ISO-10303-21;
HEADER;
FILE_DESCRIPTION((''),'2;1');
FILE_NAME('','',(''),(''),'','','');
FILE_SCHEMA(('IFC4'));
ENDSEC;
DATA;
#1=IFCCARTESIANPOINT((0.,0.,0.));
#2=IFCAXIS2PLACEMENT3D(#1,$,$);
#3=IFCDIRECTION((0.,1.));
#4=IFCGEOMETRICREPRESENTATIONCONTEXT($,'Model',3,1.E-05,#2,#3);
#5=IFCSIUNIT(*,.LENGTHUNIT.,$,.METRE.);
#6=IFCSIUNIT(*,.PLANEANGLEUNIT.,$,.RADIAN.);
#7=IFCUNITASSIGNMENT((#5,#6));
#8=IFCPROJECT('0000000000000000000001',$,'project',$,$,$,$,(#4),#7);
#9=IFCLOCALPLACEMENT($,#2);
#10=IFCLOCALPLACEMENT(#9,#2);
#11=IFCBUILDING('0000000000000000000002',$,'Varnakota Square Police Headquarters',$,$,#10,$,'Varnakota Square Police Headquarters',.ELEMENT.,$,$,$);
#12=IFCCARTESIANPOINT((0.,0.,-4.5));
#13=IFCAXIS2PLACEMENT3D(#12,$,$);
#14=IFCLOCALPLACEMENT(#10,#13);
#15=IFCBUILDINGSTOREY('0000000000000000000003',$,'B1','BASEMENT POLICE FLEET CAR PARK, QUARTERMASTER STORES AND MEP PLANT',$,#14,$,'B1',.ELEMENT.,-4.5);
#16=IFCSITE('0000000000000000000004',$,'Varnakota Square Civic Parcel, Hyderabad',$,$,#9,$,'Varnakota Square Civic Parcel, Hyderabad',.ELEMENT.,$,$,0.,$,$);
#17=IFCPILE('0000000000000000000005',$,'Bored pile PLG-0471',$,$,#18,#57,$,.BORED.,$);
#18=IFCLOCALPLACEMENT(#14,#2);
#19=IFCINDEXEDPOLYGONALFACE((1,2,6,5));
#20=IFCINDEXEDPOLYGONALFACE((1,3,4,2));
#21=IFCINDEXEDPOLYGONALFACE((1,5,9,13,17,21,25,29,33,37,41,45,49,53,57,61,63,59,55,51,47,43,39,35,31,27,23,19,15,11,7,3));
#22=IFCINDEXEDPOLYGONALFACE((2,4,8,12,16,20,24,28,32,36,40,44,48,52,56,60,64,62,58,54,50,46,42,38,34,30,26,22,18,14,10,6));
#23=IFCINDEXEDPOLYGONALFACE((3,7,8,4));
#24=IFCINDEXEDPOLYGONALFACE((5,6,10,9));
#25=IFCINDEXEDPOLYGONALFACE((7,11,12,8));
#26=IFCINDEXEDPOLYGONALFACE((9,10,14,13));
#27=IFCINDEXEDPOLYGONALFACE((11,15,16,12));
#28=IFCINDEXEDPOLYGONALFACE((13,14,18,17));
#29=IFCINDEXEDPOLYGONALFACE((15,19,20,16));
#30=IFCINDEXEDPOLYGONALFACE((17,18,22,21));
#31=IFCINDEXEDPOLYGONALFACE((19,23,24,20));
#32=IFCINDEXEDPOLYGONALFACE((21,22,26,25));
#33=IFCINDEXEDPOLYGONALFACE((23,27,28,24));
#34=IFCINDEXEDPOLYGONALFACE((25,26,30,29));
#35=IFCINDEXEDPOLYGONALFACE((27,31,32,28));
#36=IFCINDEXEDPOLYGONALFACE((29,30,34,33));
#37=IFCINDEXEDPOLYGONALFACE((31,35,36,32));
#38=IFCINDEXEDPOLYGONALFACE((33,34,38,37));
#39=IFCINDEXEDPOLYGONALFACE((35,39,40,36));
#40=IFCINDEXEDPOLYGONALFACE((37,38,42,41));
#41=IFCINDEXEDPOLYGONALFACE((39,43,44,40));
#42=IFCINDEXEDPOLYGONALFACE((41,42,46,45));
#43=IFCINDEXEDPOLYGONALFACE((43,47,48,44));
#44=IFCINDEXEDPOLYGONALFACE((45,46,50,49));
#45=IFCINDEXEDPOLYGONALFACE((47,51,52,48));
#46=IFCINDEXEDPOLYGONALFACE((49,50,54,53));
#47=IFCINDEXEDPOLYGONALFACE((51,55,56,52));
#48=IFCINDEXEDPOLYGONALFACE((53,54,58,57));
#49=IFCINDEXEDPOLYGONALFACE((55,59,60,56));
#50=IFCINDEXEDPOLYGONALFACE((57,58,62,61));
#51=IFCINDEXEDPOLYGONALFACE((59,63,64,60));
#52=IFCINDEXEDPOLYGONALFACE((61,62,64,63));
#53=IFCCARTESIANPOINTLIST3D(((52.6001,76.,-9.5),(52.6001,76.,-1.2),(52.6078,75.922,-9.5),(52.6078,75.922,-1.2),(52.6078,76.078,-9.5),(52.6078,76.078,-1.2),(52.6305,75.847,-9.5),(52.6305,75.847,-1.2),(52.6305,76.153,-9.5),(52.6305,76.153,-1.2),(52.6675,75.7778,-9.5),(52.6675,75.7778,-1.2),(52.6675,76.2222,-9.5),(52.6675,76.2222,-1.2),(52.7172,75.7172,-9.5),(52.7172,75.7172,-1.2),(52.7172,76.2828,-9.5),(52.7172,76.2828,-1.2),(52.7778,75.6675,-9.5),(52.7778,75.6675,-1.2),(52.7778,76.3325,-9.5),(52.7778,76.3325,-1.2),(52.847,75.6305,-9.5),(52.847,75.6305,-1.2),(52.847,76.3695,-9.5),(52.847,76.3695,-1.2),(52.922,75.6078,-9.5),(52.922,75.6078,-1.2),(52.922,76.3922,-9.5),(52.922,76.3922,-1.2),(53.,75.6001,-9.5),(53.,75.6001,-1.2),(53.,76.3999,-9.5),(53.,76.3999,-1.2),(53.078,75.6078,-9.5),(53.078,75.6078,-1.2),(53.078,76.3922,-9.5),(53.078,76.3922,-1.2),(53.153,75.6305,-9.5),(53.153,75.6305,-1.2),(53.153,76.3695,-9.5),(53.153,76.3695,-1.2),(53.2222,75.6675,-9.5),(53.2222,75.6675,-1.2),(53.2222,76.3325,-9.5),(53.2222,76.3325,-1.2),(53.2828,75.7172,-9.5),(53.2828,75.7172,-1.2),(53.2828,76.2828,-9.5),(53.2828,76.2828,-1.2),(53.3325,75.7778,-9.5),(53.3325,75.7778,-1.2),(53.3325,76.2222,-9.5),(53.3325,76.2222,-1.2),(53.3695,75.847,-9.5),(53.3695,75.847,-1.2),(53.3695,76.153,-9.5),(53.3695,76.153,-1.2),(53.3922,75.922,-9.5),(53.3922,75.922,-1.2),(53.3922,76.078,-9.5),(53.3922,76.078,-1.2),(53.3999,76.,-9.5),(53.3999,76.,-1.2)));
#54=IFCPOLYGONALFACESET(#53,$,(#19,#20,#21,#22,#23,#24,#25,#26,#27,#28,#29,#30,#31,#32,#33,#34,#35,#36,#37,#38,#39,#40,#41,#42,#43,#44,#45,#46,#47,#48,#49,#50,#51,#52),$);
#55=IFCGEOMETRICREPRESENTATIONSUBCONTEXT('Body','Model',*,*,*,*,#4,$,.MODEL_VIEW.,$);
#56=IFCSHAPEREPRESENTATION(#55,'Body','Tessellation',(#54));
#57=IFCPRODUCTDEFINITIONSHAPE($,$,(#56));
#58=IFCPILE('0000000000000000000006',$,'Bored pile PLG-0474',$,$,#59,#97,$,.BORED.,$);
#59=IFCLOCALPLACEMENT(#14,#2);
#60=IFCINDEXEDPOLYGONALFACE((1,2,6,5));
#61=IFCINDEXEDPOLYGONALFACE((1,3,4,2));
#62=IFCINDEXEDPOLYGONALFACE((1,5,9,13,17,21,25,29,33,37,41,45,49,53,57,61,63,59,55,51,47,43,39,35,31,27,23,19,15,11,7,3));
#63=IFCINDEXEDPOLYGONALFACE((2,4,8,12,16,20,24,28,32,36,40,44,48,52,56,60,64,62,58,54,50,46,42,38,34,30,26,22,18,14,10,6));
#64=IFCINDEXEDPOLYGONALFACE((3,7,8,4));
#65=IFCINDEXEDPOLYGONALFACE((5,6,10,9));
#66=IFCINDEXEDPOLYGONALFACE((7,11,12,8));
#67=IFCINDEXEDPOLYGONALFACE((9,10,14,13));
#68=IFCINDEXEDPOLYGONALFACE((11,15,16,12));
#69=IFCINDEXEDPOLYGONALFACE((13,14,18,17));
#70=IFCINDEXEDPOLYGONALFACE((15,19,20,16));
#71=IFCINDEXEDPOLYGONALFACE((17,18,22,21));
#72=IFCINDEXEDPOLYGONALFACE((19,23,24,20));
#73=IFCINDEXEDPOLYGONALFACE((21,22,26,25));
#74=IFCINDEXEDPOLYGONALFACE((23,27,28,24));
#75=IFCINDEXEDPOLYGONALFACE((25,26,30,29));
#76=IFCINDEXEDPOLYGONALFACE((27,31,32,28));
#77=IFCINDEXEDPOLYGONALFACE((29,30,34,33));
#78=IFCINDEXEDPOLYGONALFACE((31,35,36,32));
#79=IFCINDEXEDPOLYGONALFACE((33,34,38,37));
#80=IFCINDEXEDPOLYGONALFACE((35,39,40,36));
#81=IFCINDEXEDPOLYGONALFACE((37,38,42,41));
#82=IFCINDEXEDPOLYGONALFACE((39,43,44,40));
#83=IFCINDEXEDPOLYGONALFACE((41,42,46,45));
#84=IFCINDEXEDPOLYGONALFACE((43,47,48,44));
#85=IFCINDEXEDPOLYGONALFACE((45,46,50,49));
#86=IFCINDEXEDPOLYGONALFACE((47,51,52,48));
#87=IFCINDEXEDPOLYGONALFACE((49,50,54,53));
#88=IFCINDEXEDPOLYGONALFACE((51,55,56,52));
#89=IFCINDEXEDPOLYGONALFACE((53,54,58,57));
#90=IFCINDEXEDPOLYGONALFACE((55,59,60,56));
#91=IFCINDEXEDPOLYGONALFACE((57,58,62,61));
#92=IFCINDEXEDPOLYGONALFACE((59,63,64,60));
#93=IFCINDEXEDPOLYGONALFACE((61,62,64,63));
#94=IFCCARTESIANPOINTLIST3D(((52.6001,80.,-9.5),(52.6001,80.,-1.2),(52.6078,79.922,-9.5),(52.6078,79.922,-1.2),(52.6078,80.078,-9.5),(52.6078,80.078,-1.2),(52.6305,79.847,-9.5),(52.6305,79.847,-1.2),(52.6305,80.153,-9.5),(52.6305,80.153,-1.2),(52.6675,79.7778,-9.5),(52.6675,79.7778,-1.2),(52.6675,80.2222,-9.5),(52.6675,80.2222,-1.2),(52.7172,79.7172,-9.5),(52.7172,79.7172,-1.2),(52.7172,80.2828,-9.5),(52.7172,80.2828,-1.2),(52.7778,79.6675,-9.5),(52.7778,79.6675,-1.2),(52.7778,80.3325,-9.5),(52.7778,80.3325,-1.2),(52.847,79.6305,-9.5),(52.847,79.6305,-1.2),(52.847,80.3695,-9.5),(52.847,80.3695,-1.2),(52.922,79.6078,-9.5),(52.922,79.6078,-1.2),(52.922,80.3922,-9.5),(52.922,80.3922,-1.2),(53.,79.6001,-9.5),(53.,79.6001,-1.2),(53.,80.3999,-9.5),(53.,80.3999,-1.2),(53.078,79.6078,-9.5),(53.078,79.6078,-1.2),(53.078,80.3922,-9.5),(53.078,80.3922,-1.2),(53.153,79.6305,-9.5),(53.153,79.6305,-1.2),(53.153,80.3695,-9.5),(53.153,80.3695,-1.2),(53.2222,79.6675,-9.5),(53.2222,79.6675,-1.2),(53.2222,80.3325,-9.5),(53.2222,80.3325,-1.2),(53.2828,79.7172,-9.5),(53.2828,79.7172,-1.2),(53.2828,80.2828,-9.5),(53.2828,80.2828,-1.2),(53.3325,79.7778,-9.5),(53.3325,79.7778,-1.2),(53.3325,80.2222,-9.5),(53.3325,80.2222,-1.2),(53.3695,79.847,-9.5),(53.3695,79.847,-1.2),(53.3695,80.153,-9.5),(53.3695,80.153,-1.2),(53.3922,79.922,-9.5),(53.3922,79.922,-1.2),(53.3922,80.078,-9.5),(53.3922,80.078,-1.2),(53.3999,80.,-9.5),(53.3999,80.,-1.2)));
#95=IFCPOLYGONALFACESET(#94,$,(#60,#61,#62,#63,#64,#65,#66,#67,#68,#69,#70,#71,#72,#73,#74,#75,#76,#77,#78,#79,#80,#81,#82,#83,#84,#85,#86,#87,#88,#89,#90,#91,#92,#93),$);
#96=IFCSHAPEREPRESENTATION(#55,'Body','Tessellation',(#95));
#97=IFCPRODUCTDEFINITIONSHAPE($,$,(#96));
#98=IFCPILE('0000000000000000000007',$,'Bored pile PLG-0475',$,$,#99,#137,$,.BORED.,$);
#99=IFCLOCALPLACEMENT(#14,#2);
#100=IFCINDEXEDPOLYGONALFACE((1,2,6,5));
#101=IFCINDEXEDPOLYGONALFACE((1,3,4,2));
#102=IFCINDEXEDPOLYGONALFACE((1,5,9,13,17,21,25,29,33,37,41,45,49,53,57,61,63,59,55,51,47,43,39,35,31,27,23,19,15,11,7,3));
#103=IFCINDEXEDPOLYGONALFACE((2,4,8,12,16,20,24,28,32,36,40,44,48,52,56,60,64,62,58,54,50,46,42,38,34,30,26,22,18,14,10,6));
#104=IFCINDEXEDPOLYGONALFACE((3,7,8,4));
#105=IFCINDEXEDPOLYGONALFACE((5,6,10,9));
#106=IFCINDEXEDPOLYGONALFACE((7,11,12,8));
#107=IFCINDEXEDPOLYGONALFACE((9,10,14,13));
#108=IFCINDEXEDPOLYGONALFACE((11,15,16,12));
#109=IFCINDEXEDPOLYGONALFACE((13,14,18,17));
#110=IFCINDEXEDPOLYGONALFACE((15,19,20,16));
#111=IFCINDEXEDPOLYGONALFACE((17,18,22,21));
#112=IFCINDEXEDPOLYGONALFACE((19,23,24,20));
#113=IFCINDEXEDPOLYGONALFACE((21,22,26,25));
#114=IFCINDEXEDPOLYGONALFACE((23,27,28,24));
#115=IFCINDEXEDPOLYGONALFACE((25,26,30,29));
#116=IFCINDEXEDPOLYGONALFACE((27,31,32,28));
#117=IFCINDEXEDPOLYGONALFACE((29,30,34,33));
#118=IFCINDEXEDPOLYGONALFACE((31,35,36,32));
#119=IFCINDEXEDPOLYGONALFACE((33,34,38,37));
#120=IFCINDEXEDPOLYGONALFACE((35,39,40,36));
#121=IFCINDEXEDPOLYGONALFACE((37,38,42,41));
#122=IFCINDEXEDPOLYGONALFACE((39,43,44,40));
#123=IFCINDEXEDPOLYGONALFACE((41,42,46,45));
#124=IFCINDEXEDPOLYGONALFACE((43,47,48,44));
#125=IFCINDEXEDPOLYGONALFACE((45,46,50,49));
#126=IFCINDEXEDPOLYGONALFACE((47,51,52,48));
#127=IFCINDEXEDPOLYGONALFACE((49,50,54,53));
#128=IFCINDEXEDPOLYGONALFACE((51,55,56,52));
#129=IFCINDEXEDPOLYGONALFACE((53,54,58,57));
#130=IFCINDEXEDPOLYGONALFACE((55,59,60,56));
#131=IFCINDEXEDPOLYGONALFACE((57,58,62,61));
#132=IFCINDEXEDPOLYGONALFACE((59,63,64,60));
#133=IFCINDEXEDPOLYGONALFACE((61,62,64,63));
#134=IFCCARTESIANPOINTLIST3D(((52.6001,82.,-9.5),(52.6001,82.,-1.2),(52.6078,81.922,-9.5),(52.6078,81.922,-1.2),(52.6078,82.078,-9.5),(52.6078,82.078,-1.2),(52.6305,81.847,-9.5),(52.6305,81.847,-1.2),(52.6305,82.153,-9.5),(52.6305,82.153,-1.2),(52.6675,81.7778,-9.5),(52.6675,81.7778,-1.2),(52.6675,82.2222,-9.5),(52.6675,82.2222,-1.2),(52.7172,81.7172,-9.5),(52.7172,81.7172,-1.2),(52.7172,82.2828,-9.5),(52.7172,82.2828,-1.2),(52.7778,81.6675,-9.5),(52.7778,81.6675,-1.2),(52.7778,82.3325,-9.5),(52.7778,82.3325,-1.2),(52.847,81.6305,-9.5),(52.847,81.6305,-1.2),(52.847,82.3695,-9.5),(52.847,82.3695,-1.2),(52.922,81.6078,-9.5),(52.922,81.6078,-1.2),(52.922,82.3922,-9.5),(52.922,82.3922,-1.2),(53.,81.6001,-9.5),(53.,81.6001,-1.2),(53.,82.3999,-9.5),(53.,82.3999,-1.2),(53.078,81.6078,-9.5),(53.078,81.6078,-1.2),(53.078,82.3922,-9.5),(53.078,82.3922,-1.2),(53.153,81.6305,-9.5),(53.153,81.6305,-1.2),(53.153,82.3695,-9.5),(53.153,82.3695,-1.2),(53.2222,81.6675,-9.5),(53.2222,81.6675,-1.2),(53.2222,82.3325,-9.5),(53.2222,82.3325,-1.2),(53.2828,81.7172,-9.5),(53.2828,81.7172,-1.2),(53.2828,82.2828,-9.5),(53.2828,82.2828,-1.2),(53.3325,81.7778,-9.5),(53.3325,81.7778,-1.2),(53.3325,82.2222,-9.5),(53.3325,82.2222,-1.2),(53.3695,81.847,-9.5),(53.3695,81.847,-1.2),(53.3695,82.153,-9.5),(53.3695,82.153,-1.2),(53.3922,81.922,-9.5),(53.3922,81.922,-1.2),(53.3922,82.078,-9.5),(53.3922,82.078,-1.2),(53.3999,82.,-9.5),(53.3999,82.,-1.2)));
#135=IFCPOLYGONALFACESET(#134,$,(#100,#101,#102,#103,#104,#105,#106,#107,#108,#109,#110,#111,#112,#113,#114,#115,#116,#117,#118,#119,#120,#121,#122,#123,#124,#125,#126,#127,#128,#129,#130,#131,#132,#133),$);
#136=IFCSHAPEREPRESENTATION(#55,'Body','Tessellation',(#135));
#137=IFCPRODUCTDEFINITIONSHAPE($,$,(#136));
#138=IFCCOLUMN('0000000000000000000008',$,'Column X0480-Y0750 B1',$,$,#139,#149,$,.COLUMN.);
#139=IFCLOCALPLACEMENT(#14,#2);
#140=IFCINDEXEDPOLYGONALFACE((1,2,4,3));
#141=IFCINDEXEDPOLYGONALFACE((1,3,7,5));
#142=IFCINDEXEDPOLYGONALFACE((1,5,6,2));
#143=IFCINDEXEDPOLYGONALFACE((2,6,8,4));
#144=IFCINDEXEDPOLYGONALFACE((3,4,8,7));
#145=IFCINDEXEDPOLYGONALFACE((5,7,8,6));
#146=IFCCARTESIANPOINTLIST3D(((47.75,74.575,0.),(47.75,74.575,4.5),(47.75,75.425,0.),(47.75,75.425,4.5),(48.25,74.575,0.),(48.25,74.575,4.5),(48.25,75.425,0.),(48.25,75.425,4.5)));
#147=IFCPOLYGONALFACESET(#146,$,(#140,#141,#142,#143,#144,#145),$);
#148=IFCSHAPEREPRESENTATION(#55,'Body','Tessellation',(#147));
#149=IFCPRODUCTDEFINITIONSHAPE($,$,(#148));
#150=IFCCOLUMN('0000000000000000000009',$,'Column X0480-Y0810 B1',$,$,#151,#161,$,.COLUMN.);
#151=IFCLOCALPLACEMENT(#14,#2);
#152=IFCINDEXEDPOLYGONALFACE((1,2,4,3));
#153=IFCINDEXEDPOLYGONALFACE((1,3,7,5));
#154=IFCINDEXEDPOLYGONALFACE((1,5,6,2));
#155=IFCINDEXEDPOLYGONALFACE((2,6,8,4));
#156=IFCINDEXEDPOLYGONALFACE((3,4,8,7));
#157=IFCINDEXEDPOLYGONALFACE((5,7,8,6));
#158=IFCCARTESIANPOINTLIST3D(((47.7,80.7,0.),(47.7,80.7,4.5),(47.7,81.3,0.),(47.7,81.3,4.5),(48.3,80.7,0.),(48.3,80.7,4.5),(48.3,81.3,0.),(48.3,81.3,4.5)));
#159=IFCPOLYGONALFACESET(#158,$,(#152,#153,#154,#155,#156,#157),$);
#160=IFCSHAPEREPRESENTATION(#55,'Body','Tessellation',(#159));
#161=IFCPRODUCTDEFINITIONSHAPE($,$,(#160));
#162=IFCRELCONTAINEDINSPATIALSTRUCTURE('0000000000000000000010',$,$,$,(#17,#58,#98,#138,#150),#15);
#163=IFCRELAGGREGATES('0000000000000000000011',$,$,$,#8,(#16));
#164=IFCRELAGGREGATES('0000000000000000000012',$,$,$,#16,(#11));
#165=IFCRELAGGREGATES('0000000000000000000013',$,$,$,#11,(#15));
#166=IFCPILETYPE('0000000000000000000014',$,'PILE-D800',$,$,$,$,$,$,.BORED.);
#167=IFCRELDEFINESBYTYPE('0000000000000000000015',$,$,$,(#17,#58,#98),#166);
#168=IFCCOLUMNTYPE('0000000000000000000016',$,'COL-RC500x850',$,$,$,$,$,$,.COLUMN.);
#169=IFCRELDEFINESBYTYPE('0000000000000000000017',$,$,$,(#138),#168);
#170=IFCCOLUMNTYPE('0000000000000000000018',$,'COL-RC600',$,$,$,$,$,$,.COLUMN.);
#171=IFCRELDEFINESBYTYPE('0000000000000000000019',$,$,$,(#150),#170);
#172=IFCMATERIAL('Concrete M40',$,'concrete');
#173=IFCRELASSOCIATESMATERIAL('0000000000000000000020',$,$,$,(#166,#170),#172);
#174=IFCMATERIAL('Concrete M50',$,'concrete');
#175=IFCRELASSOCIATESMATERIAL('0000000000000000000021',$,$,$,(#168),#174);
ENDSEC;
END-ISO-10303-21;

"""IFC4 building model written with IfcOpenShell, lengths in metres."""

from ifc_helpers import new_model, si_unit, direction, frame, origin, origin_2d, place, context, subcontext, project, spatial, rectangle, circle, extrude, material, material_profile, profile_set, type_object, element, save


model = new_model("IFC4")

# Units and contexts
model_context = context("Model", 3, precision=1e-05, world=origin(), true_north=direction((0.0, 1.0)))
body_context = subcontext(model_context, "Body", "Model", "MODEL_VIEW")
ifc_project = project(units=[si_unit("LENGTHUNIT", "METRE"), si_unit("PLANEANGLEUNIT", "RADIAN")], contexts=[model_context])

# Site, building, storey
site_placement = place(None, origin())
site = spatial("IfcSite", under=ifc_project, at=site_placement, Name="Varnakota Square Civic Parcel, Hyderabad", LongName="Varnakota Square Civic Parcel, Hyderabad", CompositionType="ELEMENT", RefElevation=0.0)
building_placement = place(site_placement, origin())
building = spatial("IfcBuilding", under=site, at=building_placement, Name="Varnakota Square Police Headquarters", LongName="Varnakota Square Police Headquarters", CompositionType="ELEMENT")
storey_placement = place(building_placement, frame((0.0, 0.0, -4.5)))
storey = spatial("IfcBuildingStorey", under=building, at=storey_placement, Name="B1", Description="BASEMENT POLICE FLEET CAR PARK, QUARTERMASTER STORES AND MEP PLANT", LongName="B1", CompositionType="ELEMENT", Elevation=-4.5)

# Shared definitions
ifc_material_1 = material(Name="Concrete M40", Category="concrete")

# Piles
ifc_material_profile_1 = material_profile(ifc_material_1, circle(Radius=0.3999, at=origin_2d()), Name="BORED PILE 800")
ifc_profile_set_1 = profile_set([ifc_material_profile_1], Name="Concrete M40")
pile_type = type_object("IfcPileType", Name="PILE-D800", PredefinedType="BORED", material=ifc_profile_set_1)
for number, where, z_axis, x_axis, name in (
    (1, (53.0, 76.0, -1.2), (0.0, 0.0, -1.0), (1.0, 0.0, 0.0), "Bored pile PLG-0471"),
    (2, (53.0, 80.0, -1.2), (0.0, 0.0, -1.0), (1.0, 0.0, 0.0), "Bored pile PLG-0474"),
    (3, (53.0, 82.0, -1.2), (0.0, 0.0, -1.0), (1.0, 0.0, 0.0), "Bored pile PLG-0475"),
):
    element("IfcPile", number, at=place(storey_placement, frame(where, z_axis=z_axis, x_axis=x_axis)), inside=storey, type_object=pile_type, Name=name, PredefinedType="BORED", context=body_context, shape_type="SweptSolid", body=[
        extrude(circle(Radius=0.3999, at=origin_2d()), origin(), (0.0, 0.0, 1.0), 8.3),
    ])

# Columns
ifc_material_2 = material(Name="Concrete M50", Category="concrete")
ifc_material_profile_2 = material_profile(ifc_material_2, rectangle(XDim=0.5, YDim=0.8501, at=origin_2d()), Name="RC 500x850")
ifc_profile_set_2 = profile_set([ifc_material_profile_2], Name="Concrete M50")
column_type_1 = type_object("IfcColumnType", Name="COL-RC500x850", PredefinedType="COLUMN", material=ifc_profile_set_2)
column_1_placement = place(storey_placement, frame((48.0, 75.0, 0.0), z_axis=(0.0, 0.0, 1.0), x_axis=(1.0, 0.0, 0.0)))
element("IfcColumn", 4, at=column_1_placement, inside=storey, type_object=column_type_1, Name="Column X0480-Y0750 B1", PredefinedType="COLUMN", context=body_context, shape_type="SweptSolid", body=[
    extrude(rectangle(XDim=0.5, YDim=0.8501, at=origin_2d()), origin(), (0.0, 0.0, 1.0), 4.5),
])
ifc_material_profile_3 = material_profile(ifc_material_1, rectangle(XDim=0.6001, YDim=0.6001, at=origin_2d()), Name="RC 600x600")
ifc_profile_set_3 = profile_set([ifc_material_profile_3], Name="Concrete M40")
column_type_2 = type_object("IfcColumnType", Name="COL-RC600", PredefinedType="COLUMN", material=ifc_profile_set_3)
column_2_placement = place(storey_placement, frame((48.0, 81.0, 0.0), z_axis=(0.0, 0.0, 1.0), x_axis=(1.0, 0.0, 0.0)))
element("IfcColumn", 5, at=column_2_placement, inside=storey, type_object=column_type_2, Name="Column X0480-Y0810 B1", PredefinedType="COLUMN", context=body_context, shape_type="SweptSolid", body=[
    extrude(rectangle(XDim=0.6001, YDim=0.6001, at=origin_2d()), origin(), (0.0, 0.0, 1.0), 4.5),
])

save(model, "model.ifc")
